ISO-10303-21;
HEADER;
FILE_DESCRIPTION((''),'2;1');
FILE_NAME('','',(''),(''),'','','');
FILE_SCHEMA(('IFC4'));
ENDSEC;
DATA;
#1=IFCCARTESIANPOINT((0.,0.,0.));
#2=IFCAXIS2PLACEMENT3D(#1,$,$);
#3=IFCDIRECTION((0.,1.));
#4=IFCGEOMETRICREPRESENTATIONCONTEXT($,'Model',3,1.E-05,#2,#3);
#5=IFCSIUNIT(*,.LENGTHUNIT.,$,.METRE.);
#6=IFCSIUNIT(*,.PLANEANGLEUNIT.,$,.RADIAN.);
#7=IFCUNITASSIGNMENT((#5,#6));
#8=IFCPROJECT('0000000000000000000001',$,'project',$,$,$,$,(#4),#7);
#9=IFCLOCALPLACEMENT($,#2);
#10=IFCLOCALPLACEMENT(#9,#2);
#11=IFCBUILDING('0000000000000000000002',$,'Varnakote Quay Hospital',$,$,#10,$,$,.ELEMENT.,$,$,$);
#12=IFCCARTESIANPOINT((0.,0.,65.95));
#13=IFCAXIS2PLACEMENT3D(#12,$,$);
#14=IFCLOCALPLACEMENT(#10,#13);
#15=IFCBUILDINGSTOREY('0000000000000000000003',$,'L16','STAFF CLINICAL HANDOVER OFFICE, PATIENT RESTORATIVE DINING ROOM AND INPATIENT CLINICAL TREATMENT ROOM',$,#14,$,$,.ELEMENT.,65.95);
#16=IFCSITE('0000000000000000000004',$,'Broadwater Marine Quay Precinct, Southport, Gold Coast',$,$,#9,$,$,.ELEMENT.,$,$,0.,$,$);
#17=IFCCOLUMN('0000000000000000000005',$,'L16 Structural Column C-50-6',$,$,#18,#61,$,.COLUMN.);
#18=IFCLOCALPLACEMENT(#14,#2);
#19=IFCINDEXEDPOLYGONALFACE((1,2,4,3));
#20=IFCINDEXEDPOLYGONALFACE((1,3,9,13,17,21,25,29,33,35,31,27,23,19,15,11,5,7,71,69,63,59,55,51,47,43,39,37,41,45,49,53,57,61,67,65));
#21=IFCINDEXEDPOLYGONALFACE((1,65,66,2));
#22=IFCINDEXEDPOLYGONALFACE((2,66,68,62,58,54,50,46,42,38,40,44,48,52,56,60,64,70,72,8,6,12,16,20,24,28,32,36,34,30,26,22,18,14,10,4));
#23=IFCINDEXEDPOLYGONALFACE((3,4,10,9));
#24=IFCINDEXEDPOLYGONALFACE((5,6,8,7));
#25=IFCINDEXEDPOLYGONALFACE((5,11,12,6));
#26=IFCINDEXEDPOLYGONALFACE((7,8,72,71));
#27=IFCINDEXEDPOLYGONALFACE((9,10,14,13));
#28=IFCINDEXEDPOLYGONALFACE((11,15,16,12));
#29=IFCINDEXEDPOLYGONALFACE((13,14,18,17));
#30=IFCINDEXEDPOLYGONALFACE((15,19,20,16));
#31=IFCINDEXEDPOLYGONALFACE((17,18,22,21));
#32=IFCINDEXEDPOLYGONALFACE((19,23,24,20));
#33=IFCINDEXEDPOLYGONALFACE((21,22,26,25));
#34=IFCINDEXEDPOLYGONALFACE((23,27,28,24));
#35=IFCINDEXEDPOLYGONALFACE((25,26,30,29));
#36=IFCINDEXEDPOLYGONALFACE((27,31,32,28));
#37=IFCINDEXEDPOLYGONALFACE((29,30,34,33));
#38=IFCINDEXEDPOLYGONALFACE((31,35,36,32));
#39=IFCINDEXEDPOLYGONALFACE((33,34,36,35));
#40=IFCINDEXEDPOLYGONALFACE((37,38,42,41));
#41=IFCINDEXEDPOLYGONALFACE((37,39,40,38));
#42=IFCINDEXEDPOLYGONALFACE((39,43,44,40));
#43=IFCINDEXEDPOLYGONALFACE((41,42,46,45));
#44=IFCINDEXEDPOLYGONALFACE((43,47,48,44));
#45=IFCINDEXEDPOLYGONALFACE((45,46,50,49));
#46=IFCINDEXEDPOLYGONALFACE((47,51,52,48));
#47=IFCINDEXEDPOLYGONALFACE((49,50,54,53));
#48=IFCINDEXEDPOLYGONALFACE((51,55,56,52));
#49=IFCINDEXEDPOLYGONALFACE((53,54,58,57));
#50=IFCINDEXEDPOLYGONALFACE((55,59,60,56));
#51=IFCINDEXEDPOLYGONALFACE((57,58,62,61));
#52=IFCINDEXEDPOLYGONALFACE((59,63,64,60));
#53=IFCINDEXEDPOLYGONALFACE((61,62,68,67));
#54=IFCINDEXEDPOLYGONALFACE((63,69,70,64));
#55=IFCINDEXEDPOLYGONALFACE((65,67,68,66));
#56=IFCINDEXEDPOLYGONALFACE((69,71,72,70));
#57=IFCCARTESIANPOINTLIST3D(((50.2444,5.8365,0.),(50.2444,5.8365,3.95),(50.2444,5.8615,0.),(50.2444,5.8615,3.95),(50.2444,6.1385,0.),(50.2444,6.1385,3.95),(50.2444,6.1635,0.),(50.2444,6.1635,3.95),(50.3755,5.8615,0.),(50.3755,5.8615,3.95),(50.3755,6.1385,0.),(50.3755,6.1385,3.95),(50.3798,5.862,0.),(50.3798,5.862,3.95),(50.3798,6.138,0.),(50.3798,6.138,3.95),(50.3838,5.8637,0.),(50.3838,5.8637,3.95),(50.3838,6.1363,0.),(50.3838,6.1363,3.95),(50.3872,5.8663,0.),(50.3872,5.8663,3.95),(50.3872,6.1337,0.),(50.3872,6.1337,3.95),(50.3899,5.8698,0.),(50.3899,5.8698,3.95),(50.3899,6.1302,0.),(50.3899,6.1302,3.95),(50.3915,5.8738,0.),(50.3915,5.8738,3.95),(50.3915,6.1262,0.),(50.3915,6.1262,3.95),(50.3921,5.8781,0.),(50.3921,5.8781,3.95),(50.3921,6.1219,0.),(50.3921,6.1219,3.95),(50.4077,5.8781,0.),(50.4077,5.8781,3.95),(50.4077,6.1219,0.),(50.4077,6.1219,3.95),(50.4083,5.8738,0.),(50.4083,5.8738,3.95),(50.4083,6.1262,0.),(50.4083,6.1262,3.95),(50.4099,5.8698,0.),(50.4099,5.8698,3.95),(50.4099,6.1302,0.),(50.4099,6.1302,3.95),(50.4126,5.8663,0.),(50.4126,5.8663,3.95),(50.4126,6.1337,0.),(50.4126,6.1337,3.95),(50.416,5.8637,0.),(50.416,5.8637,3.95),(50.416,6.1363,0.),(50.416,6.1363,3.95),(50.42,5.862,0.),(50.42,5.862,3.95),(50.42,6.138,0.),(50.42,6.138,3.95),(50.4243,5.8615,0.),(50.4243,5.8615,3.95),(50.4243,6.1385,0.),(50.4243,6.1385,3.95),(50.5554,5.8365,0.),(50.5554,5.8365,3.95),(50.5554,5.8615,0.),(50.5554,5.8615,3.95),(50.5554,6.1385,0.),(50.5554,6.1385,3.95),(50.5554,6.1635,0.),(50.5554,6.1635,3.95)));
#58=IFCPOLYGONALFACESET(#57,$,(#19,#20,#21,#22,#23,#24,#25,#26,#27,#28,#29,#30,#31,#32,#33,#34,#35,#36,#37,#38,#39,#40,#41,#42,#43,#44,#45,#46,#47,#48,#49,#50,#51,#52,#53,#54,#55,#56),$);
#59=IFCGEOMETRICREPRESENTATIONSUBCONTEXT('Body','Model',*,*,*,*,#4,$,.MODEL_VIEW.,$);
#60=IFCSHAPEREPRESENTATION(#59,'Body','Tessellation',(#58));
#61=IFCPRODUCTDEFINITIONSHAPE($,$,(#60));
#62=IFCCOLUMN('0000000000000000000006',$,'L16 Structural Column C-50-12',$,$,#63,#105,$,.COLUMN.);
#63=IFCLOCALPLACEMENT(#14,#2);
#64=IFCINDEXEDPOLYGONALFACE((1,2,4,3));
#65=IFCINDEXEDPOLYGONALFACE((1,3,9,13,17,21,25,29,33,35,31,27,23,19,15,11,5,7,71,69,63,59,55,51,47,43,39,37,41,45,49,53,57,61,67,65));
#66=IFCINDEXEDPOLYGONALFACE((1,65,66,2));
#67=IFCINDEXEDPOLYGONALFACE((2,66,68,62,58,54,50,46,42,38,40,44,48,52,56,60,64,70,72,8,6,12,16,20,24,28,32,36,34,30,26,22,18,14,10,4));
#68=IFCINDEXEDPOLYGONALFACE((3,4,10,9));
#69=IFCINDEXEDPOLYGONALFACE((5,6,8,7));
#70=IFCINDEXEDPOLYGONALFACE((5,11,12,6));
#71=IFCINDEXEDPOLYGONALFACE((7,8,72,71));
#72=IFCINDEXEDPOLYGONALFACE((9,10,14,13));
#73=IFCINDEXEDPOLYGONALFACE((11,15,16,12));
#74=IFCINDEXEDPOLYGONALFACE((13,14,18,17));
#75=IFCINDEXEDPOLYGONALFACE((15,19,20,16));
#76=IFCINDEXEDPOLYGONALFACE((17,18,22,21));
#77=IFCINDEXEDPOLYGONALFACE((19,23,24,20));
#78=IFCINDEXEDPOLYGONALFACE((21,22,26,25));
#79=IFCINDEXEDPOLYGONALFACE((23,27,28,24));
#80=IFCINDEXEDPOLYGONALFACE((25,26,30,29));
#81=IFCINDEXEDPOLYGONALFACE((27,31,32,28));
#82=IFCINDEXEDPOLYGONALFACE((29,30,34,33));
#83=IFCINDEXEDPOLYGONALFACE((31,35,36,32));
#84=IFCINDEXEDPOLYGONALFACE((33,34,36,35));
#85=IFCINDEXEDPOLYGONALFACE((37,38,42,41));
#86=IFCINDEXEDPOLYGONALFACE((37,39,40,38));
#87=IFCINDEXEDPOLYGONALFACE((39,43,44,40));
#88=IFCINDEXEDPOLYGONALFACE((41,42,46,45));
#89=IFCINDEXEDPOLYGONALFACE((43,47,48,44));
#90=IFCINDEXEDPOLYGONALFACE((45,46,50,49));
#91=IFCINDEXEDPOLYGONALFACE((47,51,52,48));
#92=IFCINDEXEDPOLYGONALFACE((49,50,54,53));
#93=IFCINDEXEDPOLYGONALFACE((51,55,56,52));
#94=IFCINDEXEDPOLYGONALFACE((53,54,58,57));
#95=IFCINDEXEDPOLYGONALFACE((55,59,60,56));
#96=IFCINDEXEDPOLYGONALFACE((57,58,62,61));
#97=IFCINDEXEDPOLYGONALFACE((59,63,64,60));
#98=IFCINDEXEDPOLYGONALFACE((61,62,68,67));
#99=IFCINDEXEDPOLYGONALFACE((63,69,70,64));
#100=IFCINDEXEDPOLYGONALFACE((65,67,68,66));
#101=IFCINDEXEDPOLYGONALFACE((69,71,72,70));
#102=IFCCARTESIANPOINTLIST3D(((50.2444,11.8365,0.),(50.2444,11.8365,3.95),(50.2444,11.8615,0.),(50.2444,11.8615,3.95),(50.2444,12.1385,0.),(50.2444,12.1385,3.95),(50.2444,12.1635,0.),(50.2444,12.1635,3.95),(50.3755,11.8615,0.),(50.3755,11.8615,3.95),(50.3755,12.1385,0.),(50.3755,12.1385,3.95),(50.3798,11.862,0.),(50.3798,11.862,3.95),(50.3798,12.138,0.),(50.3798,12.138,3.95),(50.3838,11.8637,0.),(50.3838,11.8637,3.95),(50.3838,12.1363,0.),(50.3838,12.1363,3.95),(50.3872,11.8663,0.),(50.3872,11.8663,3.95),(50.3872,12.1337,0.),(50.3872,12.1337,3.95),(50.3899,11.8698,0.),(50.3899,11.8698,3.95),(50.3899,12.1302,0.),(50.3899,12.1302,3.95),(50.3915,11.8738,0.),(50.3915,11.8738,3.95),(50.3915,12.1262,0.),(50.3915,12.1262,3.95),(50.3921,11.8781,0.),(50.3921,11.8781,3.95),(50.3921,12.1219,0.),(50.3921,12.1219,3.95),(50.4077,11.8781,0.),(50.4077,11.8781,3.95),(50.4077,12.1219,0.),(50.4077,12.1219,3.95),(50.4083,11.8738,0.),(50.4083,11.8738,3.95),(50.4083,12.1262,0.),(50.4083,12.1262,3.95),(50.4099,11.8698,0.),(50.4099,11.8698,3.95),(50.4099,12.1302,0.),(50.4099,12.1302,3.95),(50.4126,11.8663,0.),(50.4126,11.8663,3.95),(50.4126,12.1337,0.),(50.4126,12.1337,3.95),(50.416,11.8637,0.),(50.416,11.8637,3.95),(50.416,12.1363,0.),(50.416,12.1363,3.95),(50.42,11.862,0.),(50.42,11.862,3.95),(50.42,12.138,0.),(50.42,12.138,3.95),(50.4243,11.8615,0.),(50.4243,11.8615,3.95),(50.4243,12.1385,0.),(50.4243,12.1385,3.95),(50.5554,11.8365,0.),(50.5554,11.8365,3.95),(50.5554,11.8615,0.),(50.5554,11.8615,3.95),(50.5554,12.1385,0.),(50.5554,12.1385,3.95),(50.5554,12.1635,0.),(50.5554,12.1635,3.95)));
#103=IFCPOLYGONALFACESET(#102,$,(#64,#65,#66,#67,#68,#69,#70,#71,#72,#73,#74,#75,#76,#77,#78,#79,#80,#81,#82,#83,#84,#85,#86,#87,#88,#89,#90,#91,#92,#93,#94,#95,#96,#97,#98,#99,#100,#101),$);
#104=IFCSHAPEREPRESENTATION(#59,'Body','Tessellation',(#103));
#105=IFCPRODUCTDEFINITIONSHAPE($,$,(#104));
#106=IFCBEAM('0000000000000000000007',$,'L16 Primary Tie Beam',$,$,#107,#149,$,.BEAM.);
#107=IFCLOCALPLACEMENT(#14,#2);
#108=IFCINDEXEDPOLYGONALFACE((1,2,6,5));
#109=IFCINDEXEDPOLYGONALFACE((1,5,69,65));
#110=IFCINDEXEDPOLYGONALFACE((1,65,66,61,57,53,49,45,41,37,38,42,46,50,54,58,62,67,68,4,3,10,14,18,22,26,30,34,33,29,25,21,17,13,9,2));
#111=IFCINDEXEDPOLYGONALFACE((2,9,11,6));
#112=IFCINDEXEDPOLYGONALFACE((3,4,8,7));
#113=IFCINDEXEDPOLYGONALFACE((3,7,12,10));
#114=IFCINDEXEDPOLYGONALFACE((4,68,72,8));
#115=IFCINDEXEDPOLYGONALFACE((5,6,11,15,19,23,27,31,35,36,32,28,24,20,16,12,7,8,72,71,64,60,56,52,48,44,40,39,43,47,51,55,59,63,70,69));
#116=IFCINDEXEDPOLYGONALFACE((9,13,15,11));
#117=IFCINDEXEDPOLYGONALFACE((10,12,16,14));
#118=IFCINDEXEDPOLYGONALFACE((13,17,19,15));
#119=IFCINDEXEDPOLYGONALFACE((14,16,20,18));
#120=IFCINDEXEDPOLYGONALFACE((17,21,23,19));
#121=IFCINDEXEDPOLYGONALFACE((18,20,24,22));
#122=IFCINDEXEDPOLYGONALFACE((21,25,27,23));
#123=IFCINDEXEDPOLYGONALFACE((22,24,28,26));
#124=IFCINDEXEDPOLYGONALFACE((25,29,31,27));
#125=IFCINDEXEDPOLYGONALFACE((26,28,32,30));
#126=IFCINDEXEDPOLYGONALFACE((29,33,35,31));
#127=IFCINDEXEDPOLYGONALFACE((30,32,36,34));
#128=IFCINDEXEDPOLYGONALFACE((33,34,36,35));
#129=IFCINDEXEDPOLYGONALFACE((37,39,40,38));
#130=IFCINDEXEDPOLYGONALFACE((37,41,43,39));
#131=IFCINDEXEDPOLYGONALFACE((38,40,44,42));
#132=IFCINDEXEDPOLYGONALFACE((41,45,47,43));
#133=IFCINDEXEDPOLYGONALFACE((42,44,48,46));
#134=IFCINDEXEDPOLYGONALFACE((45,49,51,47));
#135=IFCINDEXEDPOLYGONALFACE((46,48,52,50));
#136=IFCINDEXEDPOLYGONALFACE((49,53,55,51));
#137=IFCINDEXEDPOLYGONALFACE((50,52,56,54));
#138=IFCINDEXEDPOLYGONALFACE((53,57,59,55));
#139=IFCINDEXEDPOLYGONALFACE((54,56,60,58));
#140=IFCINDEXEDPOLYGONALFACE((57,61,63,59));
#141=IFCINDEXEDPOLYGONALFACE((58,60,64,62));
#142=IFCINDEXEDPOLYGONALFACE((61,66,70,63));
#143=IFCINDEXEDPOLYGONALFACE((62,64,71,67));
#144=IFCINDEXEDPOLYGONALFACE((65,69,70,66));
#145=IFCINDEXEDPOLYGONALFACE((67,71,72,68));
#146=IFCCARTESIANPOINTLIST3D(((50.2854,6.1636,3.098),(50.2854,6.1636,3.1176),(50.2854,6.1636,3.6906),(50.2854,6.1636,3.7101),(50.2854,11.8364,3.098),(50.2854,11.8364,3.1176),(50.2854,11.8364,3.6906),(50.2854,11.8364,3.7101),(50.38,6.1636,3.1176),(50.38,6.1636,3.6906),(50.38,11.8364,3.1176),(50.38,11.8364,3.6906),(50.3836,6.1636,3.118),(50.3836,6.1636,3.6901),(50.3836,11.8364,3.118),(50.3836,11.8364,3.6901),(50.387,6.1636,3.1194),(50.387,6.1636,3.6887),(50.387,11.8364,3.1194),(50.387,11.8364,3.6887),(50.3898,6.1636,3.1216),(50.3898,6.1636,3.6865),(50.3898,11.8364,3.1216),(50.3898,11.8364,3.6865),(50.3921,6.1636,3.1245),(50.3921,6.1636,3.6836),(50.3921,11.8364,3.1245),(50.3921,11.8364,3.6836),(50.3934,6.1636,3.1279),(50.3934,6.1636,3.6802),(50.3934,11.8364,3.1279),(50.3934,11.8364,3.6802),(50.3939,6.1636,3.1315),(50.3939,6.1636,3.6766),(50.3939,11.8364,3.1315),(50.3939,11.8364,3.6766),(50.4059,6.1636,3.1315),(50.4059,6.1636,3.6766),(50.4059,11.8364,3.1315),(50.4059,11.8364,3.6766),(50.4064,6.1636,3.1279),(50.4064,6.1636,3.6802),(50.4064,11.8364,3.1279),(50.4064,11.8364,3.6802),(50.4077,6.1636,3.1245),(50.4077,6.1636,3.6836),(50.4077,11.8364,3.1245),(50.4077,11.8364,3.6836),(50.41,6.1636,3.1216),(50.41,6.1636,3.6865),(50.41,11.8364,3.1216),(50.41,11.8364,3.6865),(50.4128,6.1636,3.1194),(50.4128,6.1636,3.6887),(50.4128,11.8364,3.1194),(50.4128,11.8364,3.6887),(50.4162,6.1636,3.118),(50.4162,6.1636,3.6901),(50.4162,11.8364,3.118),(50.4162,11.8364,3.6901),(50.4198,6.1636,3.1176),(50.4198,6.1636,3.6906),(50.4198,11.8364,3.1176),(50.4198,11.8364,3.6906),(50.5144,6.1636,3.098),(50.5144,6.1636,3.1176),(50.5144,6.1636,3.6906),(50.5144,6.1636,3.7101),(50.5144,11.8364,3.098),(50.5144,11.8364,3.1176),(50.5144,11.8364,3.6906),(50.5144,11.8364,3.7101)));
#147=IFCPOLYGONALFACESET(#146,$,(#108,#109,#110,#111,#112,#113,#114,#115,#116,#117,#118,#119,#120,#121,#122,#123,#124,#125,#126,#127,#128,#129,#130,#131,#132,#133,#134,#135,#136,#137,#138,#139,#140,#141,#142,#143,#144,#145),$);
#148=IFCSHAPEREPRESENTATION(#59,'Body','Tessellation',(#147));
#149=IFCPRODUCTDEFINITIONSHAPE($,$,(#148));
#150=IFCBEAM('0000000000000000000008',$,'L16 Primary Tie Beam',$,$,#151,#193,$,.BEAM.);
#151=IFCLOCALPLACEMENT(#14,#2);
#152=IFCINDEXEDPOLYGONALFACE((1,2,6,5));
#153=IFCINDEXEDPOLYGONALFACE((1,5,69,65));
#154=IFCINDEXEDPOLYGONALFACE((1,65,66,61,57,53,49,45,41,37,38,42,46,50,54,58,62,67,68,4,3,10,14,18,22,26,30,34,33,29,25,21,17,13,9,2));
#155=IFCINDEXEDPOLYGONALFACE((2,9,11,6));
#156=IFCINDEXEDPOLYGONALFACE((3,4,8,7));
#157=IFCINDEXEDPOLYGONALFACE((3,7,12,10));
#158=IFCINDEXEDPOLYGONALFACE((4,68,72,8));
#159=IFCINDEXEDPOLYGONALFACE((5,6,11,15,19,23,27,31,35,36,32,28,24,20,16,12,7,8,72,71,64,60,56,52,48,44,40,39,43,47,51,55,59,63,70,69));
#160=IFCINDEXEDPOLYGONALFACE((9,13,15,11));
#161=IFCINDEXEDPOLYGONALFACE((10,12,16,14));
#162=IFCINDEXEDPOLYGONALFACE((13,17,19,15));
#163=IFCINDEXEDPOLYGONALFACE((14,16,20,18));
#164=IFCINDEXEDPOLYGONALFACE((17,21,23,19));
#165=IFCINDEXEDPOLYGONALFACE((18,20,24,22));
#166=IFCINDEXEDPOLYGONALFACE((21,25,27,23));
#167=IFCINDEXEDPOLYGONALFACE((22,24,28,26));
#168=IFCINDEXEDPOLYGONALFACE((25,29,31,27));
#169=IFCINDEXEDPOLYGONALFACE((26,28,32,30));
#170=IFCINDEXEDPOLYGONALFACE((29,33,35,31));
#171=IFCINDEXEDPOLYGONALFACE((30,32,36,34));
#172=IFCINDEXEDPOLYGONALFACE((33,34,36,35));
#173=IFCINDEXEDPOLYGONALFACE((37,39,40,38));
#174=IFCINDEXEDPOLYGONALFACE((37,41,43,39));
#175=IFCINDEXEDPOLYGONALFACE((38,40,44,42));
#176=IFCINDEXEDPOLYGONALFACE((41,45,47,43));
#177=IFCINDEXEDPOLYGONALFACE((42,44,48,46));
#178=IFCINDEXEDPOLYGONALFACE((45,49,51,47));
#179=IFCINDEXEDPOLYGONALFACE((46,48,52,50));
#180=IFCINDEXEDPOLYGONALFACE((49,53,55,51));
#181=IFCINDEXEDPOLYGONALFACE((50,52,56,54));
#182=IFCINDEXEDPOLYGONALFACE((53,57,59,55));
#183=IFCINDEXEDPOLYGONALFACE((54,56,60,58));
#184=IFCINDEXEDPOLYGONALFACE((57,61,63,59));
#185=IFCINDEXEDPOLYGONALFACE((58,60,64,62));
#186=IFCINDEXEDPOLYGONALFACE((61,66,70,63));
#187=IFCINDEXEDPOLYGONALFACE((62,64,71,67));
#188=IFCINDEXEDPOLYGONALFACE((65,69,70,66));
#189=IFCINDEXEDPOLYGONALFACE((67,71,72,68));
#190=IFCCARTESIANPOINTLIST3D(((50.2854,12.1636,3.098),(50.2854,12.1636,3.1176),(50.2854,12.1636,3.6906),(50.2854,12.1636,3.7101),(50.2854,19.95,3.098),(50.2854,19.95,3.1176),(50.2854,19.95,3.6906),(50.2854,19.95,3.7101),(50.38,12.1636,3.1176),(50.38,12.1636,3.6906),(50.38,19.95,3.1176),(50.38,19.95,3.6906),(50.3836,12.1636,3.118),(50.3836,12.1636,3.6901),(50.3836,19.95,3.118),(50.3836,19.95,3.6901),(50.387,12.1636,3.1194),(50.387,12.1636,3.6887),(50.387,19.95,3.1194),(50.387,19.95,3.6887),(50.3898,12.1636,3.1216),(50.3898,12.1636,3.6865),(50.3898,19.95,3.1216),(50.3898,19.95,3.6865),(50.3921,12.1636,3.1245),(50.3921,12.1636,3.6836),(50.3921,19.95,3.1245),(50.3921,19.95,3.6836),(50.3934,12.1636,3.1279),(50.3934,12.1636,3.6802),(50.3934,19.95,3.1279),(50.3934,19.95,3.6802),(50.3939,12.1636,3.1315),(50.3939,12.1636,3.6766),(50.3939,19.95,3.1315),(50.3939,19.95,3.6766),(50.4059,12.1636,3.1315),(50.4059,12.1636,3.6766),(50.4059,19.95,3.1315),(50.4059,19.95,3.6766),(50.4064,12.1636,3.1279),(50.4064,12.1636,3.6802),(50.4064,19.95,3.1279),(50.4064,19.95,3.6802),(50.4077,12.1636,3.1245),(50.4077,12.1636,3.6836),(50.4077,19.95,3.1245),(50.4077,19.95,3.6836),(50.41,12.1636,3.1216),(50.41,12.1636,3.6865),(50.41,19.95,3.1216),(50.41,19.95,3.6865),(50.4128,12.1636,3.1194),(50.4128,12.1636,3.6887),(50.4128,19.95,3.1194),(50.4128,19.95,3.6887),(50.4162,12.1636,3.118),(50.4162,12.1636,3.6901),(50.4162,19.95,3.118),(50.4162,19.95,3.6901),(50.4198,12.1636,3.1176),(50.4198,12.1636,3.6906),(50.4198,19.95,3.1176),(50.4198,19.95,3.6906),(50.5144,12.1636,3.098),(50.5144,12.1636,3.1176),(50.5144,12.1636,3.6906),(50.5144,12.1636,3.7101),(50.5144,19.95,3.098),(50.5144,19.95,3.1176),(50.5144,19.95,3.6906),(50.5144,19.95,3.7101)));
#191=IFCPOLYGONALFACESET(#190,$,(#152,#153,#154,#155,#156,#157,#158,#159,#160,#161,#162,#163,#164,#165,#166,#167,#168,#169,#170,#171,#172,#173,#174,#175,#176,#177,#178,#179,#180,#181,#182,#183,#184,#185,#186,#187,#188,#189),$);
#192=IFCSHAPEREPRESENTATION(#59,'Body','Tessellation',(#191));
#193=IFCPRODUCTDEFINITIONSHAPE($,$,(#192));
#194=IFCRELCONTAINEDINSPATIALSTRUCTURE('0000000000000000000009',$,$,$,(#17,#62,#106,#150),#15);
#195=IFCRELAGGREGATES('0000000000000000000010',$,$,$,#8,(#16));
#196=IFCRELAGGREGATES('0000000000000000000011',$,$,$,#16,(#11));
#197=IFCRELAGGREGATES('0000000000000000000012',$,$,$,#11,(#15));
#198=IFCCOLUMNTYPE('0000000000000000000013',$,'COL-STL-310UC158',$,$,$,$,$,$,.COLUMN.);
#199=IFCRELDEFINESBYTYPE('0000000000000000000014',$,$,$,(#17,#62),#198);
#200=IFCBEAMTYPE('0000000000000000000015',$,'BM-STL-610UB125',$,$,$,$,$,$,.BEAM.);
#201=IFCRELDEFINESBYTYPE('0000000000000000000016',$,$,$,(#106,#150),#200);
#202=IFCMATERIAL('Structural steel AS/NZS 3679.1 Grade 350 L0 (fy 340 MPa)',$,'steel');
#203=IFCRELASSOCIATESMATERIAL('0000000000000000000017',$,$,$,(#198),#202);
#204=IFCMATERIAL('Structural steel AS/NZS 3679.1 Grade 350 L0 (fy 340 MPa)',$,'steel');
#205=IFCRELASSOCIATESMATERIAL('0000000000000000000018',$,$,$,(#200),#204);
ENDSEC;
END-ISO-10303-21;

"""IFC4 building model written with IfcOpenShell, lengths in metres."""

from ifc_helpers import new_model, si_unit, direction, frame, origin, origin_2d, place, context, subcontext, project, spatial, i_section, extrude, material, material_profile, profile_set, type_object, element, save


model = new_model("IFC4")

# Units and contexts
model_context = context("Model", 3, precision=1e-05, world=origin(), true_north=direction((0.0, 1.0)))
body_context = subcontext(model_context, "Body", "Model", "MODEL_VIEW")
ifc_project = project(units=[si_unit("LENGTHUNIT", "METRE"), si_unit("PLANEANGLEUNIT", "RADIAN")], contexts=[model_context])

# Site, building, storey
site_placement = place(None, origin())
site = spatial("IfcSite", under=ifc_project, at=site_placement, Name="Broadwater Marine Quay Precinct, Southport, Gold Coast", CompositionType="ELEMENT", RefElevation=0.0)
building_placement = place(site_placement, origin())
building = spatial("IfcBuilding", under=site, at=building_placement, Name="Varnakote Quay Hospital", CompositionType="ELEMENT")
storey_placement = place(building_placement, frame((0.0, 0.0, 65.95)))
storey = spatial("IfcBuildingStorey", under=building, at=storey_placement, Name="L16", Description="STAFF CLINICAL HANDOVER OFFICE, PATIENT RESTORATIVE DINING ROOM AND INPATIENT CLINICAL TREATMENT ROOM", CompositionType="ELEMENT", Elevation=65.95)

# Columns
ifc_material_1 = material(Name="Structural steel AS/NZS 3679.1 Grade 350 L0 (fy 340 MPa)", Category="steel")
ifc_material_profile_1 = material_profile(ifc_material_1, i_section(OverallWidth=0.311, OverallDepth=0.3269, WebThickness=0.0156, FlangeThickness=0.0249, FilletRadius=0.0166, at=origin_2d()), Name="310UC158")
ifc_profile_set_1 = profile_set([ifc_material_profile_1], Name="Structural steel AS/NZS 3679.1 Grade 350 L0 (fy 340 MPa)")
column_type = type_object("IfcColumnType", Name="COL-STL-310UC158", PredefinedType="COLUMN", material=ifc_profile_set_1)
for number, where, z_axis, x_axis, name in (
    (1, (50.3999, 6.0, 0.0), (0.0, 0.0, 1.0), (1.0, 0.0, 0.0), "L16 Structural Column C-50-6"),
    (2, (50.3999, 12.0, 0.0), (0.0, 0.0, 1.0), (1.0, 0.0, 0.0), "L16 Structural Column C-50-12"),
):
    element("IfcColumn", number, at=place(storey_placement, frame(where, z_axis=z_axis, x_axis=x_axis)), inside=storey, type_object=column_type, Name=name, PredefinedType="COLUMN", context=body_context, shape_type="SweptSolid", body=[
        extrude(i_section(OverallWidth=0.311, OverallDepth=0.3269, WebThickness=0.0156, FlangeThickness=0.0249, FilletRadius=0.0166, at=origin_2d()), origin(), (0.0, 0.0, 1.0), 3.95),
    ])

# Beams
ifc_material_2 = material(Name="Structural steel AS/NZS 3679.1 Grade 350 L0 (fy 340 MPa)", Category="steel")
ifc_material_profile_2 = material_profile(ifc_material_2, i_section(OverallWidth=0.229, OverallDepth=0.6121, WebThickness=0.012, FlangeThickness=0.0195, FilletRadius=0.0139, at=origin_2d()), Name="610UB125")
ifc_profile_set_2 = profile_set([ifc_material_profile_2], Name="Structural steel AS/NZS 3679.1 Grade 350 L0 (fy 340 MPa)")
beam_type = type_object("IfcBeamType", Name="BM-STL-610UB125", PredefinedType="BEAM", material=ifc_profile_set_2)
beam_1_placement = place(storey_placement, frame((50.3999, 6.1636, 3.4041), z_axis=(0.0, 1.0, 0.0), x_axis=(-1.0, 0.0, 0.0)))
element("IfcBeam", 3, at=beam_1_placement, inside=storey, type_object=beam_type, Name="L16 Primary Tie Beam", PredefinedType="BEAM", context=body_context, shape_type="SweptSolid", body=[
    extrude(i_section(OverallWidth=0.229, OverallDepth=0.6121, WebThickness=0.012, FlangeThickness=0.0195, FilletRadius=0.0139, at=origin_2d()), origin(), (0.0, 0.0, 1.0), 5.6729),
])
beam_2_placement = place(storey_placement, frame((50.3999, 12.1636, 3.4041), z_axis=(0.0, 1.0, 0.0), x_axis=(-1.0, 0.0, 0.0)))
element("IfcBeam", 4, at=beam_2_placement, inside=storey, type_object=beam_type, Name="L16 Primary Tie Beam", PredefinedType="BEAM", context=body_context, shape_type="SweptSolid", body=[
    extrude(i_section(OverallWidth=0.229, OverallDepth=0.6121, WebThickness=0.012, FlangeThickness=0.0195, FilletRadius=0.0139, at=origin_2d()), origin(), (0.0, 0.0, 1.0), 7.7864),
])

save(model, "model.ifc")
